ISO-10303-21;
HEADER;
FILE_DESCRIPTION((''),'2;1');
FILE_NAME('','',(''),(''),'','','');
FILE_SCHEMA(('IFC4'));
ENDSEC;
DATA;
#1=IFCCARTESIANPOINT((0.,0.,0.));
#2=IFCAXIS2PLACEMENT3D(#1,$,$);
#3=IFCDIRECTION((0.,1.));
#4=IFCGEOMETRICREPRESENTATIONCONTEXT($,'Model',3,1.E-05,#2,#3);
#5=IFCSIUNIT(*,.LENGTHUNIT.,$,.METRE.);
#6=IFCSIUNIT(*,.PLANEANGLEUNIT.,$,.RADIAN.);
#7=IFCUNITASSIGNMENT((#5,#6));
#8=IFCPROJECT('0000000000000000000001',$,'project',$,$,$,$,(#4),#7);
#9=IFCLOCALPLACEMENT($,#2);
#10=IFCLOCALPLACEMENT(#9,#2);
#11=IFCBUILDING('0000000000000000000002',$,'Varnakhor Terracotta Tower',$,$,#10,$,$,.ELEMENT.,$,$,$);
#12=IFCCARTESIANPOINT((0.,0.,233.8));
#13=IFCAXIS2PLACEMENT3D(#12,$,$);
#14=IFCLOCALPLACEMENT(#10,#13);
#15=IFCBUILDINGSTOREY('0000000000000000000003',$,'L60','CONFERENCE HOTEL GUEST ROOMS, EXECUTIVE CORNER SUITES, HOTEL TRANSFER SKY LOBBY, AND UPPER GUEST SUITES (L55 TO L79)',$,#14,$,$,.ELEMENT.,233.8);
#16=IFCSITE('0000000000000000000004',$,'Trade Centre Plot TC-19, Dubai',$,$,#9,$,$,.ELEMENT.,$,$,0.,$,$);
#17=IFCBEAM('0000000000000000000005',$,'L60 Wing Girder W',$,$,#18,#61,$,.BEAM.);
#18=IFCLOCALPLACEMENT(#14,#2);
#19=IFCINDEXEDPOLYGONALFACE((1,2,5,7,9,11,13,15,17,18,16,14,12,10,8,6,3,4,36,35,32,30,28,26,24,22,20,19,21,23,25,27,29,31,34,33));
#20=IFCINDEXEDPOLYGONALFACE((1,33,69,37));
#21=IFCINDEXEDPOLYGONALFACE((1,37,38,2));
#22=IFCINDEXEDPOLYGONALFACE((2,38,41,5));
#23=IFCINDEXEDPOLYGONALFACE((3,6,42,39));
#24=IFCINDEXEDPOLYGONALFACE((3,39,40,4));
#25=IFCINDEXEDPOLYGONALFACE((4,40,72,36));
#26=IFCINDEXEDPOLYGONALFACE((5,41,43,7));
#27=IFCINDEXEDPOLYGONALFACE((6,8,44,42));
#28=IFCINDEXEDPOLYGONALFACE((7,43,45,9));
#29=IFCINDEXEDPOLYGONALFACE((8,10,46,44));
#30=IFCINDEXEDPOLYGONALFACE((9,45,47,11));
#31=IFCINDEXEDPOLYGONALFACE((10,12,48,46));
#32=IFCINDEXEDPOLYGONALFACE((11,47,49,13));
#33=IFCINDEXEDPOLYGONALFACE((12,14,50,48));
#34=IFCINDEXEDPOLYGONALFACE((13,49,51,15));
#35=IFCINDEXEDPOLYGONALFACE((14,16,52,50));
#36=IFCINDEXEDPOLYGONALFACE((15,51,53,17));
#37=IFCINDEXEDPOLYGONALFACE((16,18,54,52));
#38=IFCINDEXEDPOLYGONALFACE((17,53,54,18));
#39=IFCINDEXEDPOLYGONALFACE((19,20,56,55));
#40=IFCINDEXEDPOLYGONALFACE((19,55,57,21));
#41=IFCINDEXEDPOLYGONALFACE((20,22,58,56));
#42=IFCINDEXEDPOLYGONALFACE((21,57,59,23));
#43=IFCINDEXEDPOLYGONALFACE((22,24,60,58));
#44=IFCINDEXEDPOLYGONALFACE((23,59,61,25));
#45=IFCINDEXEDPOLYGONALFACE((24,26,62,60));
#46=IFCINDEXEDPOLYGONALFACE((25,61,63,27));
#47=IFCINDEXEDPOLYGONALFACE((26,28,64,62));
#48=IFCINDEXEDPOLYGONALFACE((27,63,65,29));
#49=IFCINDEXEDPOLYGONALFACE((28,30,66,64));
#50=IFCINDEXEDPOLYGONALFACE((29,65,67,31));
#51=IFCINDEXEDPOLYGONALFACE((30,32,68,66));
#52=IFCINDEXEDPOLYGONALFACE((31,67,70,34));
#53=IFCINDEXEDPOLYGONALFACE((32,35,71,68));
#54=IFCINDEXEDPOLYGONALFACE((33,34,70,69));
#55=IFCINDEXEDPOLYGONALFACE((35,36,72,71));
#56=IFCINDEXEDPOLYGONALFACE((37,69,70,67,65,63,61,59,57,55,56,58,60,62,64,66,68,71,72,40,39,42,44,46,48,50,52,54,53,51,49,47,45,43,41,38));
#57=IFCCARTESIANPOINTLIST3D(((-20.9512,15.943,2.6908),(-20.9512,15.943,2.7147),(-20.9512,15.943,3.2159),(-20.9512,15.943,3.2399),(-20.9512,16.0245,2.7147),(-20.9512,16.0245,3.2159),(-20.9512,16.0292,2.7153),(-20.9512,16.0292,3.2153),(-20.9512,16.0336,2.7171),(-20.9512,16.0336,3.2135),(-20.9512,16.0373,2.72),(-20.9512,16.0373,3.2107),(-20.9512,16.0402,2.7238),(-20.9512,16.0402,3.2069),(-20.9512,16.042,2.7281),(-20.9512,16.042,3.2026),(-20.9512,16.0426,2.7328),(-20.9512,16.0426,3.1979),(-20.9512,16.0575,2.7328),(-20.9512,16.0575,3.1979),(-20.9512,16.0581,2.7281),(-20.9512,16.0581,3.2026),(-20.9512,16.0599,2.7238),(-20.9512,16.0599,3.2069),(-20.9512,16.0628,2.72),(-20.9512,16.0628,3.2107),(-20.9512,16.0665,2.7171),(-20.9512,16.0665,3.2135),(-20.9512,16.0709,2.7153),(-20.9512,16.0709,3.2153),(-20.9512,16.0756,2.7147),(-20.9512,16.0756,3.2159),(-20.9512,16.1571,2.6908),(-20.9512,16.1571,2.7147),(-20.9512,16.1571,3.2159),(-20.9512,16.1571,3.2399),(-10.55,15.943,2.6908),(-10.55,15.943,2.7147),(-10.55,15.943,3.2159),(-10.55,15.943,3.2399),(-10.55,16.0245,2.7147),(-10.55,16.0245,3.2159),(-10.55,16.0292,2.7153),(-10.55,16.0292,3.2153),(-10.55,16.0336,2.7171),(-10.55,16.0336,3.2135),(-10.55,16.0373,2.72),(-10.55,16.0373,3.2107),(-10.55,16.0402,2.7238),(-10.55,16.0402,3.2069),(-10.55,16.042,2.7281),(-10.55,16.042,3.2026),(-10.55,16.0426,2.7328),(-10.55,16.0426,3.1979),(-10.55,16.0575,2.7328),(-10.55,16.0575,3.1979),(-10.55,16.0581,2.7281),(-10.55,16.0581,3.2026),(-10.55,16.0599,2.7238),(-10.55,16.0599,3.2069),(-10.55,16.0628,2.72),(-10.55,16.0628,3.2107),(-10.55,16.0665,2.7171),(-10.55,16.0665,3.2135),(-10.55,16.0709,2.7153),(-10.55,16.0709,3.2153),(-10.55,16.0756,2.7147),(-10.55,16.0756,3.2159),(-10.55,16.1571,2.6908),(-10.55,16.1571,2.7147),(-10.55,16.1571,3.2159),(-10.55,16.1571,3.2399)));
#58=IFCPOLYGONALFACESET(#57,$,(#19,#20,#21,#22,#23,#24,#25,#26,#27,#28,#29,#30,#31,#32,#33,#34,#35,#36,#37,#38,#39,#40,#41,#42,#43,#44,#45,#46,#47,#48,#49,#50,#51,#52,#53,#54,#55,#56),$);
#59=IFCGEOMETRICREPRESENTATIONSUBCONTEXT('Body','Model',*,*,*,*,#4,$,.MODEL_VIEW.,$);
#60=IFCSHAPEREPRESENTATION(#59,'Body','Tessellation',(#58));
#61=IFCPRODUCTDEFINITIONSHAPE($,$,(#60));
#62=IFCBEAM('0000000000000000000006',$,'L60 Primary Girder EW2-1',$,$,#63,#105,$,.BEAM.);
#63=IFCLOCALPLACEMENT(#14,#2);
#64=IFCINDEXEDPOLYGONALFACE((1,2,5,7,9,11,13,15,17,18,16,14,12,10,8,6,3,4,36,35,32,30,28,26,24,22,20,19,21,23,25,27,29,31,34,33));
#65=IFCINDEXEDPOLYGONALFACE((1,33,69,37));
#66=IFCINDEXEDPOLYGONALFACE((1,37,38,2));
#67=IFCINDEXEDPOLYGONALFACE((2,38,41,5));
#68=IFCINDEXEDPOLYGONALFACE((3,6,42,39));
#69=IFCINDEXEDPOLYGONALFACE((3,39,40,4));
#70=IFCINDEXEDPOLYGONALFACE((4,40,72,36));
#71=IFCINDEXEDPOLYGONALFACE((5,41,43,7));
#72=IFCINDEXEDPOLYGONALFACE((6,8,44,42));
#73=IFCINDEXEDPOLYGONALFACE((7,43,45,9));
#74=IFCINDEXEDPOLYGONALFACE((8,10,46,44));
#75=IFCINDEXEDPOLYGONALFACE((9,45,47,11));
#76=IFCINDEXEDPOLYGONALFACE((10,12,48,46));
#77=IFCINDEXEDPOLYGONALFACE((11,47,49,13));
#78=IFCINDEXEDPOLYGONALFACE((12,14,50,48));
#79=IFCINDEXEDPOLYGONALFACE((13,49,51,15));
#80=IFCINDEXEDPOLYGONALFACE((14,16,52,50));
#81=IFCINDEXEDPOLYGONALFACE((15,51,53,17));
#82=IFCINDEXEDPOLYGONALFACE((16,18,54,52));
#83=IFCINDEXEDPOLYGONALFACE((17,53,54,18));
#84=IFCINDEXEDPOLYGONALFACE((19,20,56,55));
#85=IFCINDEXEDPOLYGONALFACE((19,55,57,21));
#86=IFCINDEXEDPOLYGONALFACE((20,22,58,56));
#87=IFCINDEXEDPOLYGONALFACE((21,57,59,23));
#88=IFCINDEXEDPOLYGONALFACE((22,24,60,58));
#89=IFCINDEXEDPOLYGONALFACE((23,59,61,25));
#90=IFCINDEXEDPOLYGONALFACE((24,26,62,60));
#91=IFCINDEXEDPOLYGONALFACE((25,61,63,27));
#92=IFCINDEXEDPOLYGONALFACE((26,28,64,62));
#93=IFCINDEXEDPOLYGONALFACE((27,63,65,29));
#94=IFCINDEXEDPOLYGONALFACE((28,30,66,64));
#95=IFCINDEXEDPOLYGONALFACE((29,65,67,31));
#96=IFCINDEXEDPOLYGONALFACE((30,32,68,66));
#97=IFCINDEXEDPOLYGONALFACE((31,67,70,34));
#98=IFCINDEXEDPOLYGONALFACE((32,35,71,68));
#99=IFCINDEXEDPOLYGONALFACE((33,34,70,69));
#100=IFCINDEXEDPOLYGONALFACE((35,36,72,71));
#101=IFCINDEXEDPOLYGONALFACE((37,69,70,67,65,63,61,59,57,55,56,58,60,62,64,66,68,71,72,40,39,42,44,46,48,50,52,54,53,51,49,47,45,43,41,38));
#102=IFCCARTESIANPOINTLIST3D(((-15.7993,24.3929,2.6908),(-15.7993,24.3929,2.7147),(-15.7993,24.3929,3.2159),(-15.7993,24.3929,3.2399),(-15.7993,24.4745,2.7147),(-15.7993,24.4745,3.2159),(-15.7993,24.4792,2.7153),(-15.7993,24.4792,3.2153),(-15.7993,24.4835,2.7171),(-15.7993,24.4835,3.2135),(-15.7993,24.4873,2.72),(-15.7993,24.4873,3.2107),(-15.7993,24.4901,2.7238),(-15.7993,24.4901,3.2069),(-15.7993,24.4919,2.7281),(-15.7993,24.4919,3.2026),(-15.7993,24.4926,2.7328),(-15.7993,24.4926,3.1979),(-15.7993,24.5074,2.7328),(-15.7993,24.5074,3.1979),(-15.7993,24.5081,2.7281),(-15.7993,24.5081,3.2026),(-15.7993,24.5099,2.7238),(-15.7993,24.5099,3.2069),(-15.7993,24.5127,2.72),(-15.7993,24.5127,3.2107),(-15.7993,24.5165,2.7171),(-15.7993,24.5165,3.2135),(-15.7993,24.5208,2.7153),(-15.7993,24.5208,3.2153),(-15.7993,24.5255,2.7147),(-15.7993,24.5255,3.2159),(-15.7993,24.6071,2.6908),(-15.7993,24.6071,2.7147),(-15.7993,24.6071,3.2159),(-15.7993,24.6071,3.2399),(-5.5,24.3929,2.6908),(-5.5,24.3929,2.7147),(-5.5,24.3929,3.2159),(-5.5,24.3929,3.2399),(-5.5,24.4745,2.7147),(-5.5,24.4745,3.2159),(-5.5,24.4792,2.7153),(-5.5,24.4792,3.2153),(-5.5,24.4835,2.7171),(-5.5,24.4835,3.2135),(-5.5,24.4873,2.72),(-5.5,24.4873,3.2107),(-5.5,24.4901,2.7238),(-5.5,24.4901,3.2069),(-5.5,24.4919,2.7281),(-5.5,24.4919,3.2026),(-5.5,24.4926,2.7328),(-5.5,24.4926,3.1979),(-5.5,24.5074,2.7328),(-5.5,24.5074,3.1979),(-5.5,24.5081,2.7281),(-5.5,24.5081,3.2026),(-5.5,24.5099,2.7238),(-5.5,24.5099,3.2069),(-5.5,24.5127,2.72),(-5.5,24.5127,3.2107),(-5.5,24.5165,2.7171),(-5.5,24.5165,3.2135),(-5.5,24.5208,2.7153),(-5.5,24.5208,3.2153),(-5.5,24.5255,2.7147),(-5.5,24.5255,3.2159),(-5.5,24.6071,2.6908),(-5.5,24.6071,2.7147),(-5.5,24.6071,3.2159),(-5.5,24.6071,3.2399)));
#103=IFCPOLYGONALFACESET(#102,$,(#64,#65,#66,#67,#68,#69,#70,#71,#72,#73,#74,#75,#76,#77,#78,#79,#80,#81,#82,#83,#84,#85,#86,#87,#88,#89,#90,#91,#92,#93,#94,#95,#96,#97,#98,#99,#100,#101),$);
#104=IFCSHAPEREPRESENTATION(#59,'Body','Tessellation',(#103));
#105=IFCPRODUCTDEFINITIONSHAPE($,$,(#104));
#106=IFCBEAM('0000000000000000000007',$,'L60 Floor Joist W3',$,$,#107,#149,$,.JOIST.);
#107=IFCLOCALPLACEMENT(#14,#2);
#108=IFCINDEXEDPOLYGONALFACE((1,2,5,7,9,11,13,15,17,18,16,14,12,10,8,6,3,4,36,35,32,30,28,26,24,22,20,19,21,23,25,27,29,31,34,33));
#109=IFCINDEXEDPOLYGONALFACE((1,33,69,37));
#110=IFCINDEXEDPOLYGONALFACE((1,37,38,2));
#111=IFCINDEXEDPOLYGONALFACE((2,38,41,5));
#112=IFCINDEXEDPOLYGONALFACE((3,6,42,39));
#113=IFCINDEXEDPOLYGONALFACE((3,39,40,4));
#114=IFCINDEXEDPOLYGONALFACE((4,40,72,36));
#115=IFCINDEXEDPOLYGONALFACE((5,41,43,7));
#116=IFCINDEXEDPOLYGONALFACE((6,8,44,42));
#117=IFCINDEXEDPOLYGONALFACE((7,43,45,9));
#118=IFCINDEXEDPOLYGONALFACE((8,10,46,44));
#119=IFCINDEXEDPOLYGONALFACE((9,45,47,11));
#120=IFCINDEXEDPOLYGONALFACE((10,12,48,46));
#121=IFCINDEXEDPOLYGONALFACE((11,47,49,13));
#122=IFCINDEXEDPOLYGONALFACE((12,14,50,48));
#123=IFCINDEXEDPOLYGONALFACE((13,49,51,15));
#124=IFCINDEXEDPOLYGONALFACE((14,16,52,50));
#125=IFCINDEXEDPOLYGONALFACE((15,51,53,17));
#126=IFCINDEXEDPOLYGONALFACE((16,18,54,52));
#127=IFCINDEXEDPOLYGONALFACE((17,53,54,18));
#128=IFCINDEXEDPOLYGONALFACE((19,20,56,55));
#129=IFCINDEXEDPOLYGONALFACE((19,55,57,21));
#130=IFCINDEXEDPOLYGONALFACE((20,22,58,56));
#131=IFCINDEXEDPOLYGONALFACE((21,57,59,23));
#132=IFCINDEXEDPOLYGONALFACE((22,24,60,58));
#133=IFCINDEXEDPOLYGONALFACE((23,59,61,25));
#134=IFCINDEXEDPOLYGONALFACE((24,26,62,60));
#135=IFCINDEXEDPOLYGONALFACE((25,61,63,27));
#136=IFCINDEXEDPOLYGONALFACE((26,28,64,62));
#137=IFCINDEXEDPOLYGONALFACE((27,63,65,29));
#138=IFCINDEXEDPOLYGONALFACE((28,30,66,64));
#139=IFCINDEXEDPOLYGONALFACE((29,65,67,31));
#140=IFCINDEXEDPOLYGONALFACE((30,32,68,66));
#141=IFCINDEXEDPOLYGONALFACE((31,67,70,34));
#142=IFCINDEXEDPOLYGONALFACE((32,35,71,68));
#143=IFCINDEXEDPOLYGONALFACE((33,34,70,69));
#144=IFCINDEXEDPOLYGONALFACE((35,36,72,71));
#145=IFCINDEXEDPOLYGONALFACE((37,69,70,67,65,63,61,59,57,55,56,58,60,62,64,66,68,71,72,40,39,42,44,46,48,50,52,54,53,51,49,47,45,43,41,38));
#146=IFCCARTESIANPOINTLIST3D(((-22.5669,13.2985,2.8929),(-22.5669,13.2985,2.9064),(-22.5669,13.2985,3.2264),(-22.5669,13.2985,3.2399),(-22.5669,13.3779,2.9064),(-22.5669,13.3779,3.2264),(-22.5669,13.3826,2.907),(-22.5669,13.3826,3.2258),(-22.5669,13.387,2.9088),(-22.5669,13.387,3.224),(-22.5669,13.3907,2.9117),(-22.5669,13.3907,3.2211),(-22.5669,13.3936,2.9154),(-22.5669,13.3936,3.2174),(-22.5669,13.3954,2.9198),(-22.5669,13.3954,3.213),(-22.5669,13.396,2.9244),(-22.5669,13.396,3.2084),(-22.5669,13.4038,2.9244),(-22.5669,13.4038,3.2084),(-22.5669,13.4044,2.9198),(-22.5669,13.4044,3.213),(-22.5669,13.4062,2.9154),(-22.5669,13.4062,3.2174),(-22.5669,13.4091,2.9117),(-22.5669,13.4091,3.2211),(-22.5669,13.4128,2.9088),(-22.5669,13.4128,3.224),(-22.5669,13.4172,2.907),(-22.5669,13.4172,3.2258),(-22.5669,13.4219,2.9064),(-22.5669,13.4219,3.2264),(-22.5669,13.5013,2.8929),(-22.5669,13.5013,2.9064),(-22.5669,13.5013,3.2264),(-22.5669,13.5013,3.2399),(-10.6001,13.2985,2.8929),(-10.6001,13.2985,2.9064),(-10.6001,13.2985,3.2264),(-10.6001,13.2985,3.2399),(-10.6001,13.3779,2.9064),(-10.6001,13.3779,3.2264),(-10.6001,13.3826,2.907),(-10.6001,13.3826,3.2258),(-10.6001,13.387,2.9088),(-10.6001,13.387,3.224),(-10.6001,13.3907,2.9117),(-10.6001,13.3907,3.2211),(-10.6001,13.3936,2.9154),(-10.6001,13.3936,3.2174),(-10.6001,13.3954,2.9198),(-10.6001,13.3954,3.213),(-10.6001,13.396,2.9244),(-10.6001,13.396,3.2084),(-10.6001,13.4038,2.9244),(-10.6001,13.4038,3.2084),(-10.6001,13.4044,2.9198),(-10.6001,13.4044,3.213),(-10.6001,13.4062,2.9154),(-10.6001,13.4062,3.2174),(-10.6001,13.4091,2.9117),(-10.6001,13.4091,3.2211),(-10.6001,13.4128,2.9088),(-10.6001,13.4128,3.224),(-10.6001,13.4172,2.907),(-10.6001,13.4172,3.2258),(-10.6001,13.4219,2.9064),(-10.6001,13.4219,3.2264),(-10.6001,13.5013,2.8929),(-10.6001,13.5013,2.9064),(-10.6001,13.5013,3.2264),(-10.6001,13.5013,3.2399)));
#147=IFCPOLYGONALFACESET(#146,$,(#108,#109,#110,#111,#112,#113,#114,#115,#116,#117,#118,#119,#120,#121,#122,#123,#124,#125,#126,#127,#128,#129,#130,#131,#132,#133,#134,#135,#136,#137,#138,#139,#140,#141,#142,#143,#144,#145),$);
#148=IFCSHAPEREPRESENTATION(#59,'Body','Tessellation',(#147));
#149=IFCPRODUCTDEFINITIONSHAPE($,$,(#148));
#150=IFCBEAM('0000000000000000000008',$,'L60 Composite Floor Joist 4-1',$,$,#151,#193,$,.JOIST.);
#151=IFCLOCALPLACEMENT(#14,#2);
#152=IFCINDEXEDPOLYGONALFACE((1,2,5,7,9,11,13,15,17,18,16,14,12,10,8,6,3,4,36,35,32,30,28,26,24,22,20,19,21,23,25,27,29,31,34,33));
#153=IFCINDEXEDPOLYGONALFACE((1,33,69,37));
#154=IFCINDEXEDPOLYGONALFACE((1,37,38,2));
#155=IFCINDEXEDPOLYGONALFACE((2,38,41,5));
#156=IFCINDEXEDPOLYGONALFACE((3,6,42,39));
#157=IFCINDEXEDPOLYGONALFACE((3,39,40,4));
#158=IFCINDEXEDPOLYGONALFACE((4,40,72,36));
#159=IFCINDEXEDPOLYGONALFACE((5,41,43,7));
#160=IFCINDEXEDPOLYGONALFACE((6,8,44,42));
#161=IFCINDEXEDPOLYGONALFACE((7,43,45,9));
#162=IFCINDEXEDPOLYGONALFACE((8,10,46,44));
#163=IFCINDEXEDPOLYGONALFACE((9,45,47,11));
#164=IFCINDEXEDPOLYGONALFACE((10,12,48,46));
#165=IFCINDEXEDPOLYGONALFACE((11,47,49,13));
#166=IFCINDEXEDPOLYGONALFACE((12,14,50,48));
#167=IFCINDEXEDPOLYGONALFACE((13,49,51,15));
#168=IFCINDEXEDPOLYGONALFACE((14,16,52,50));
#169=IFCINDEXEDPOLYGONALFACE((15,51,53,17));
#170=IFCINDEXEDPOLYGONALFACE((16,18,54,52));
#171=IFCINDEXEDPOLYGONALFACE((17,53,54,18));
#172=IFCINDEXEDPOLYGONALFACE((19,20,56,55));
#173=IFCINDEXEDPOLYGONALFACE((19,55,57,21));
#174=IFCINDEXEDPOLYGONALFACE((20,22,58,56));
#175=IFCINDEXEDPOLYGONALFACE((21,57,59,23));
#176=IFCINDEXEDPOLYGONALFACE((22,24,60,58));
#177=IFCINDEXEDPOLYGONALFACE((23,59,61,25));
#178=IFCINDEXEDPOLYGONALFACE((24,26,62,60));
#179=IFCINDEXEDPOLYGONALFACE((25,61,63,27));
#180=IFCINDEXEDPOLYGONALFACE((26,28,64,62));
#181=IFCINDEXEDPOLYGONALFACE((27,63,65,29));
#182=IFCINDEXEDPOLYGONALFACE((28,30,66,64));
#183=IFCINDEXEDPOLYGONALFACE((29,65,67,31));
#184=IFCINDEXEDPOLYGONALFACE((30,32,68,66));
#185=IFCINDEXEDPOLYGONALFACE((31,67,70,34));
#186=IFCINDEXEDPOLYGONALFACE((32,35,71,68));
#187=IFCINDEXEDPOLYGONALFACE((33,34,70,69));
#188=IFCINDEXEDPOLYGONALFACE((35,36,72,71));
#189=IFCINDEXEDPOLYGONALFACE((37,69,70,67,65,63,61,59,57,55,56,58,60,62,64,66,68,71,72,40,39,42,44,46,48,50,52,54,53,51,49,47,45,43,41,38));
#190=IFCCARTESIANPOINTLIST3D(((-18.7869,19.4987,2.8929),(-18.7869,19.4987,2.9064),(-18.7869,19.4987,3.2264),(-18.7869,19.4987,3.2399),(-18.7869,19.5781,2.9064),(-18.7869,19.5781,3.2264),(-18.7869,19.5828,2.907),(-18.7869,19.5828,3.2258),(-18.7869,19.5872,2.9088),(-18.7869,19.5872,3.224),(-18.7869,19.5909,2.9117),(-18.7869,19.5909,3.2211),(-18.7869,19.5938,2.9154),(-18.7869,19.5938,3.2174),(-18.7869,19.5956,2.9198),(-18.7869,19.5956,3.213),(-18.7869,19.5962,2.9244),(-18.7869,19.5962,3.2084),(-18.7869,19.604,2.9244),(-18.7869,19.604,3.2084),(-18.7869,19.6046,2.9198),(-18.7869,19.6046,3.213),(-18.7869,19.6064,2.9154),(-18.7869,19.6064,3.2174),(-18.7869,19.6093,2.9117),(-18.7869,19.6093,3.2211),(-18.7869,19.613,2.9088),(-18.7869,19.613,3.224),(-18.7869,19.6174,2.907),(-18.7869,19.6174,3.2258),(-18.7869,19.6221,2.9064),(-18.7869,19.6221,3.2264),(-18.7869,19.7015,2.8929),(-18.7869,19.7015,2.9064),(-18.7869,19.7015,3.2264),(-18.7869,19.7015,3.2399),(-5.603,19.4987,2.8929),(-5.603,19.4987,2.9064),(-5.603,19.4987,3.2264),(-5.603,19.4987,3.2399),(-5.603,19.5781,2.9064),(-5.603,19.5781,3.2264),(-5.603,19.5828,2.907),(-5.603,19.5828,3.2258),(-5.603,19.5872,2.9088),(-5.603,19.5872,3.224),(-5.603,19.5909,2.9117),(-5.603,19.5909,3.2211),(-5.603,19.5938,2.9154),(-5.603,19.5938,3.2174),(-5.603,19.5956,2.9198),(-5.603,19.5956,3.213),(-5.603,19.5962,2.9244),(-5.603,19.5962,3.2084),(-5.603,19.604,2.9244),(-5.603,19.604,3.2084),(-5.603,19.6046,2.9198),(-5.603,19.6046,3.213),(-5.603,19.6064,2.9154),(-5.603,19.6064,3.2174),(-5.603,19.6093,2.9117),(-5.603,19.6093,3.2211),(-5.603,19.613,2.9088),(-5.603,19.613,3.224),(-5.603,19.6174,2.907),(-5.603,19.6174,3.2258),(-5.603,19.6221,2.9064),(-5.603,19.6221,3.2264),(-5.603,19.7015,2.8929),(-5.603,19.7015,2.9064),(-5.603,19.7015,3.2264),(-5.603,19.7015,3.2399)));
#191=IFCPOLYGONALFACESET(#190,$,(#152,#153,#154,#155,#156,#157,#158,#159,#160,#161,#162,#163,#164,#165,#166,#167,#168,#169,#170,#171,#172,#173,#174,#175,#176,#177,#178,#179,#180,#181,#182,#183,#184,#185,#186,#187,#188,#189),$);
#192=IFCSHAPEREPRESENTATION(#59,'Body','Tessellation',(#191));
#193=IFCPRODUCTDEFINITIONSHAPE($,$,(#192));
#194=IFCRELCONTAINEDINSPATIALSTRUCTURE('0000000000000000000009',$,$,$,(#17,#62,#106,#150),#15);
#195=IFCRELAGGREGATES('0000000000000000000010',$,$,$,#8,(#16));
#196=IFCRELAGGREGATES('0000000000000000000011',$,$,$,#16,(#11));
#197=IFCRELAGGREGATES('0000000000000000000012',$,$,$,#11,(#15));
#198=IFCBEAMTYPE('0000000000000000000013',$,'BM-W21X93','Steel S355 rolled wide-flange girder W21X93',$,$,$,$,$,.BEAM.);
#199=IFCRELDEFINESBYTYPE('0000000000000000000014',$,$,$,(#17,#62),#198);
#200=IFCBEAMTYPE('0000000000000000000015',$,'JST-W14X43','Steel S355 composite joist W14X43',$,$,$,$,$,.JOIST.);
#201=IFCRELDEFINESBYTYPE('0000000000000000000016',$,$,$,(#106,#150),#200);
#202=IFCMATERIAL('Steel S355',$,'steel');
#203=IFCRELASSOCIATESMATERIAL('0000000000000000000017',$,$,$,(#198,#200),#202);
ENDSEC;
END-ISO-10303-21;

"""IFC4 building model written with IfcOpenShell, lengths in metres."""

from ifc_helpers import new_model, si_unit, direction, frame, origin, origin_2d, place, context, subcontext, project, spatial, i_section, extrude, source, transform, mapped, material, material_profile, profile_set, type_object, element, save


model = new_model("IFC4")

# Units and contexts
model_context = context("Model", 3, precision=1e-05, world=origin(), true_north=direction((0.0, 1.0)))
body_context = subcontext(model_context, "Body", "Model", "MODEL_VIEW")
ifc_project = project(units=[si_unit("LENGTHUNIT", "METRE"), si_unit("PLANEANGLEUNIT", "RADIAN")], contexts=[model_context])

# Site, building, storey
site_placement = place(None, origin())
site = spatial("IfcSite", under=ifc_project, at=site_placement, Name="Trade Centre Plot TC-19, Dubai", CompositionType="ELEMENT", RefElevation=0.0)
building_placement = place(site_placement, origin())
building = spatial("IfcBuilding", under=site, at=building_placement, Name="Varnakhor Terracotta Tower", CompositionType="ELEMENT")
storey_placement = place(building_placement, frame((0.0, 0.0, 233.8)))
storey = spatial("IfcBuildingStorey", under=building, at=storey_placement, Name="L60", Description="CONFERENCE HOTEL GUEST ROOMS, EXECUTIVE CORNER SUITES, HOTEL TRANSFER SKY LOBBY, AND UPPER GUEST SUITES (L55 TO L79)", CompositionType="ELEMENT", Elevation=233.8)

# Beams
ifc_material_1 = material(Name="Steel S355", Category="steel")
ifc_material_profile_1 = material_profile(ifc_material_1, i_section(OverallWidth=0.2141, OverallDepth=0.5491, WebThickness=0.0149, FlangeThickness=0.0239, FilletRadius=0.0181, at=origin_2d()), Name="W21X93")
ifc_profile_set_1 = profile_set([ifc_material_profile_1], Name="Steel S355")
beam_type_1 = type_object("IfcBeamType", Name="BM-W21X93", Description="Steel S355 rolled wide-flange girder W21X93", PredefinedType="BEAM", material=ifc_profile_set_1)
shared_shape_1 = source(origin(), body_context, "Body", "SweptSolid", [
    extrude(i_section(OverallWidth=0.2141, OverallDepth=0.5491, WebThickness=0.0149, FlangeThickness=0.0239, FilletRadius=0.0181, at=origin_2d()), origin(), (0.0, 0.0, 1.0), 10.4011),
])
beam_1_placement = place(storey_placement, frame((-20.9512, 16.05, 2.9653), z_axis=(1.0, 0.0, 0.0), x_axis=(0.0, 1.0, 0.0)))
element("IfcBeam", 1, at=beam_1_placement, inside=storey, type_object=beam_type_1, Name="L60 Wing Girder W", PredefinedType="BEAM", context=body_context, shape_type="MappedRepresentation", body=[
    mapped(shared_shape_1, transform((0.0, 0.0, 0.0), scale=1.0)),
])
shared_shape_2 = source(origin(), body_context, "Body", "SweptSolid", [
    extrude(i_section(OverallWidth=0.2141, OverallDepth=0.5491, WebThickness=0.0149, FlangeThickness=0.0239, FilletRadius=0.0181, at=origin_2d()), origin(), (0.0, 0.0, 1.0), 10.2993),
])
beam_2_placement = place(storey_placement, frame((-15.7993, 24.5, 2.9653), z_axis=(1.0, 0.0, 0.0), x_axis=(0.0, 1.0, 0.0)))
element("IfcBeam", 2, at=beam_2_placement, inside=storey, type_object=beam_type_1, Name="L60 Primary Girder EW2-1", PredefinedType="BEAM", context=body_context, shape_type="MappedRepresentation", body=[
    mapped(shared_shape_2, transform((0.0, 0.0, 0.0), scale=1.0)),
])
ifc_material_profile_2 = material_profile(ifc_material_1, i_section(OverallWidth=0.2029, OverallDepth=0.3469, WebThickness=0.0078, FlangeThickness=0.0134, FilletRadius=0.0181, at=origin_2d()), Name="W14X43")
ifc_profile_set_2 = profile_set([ifc_material_profile_2], Name="Steel S355")
beam_type_2 = type_object("IfcBeamType", Name="JST-W14X43", Description="Steel S355 composite joist W14X43", PredefinedType="JOIST", material=ifc_profile_set_2)
shared_shape_3 = source(origin(), body_context, "Body", "SweptSolid", [
    extrude(i_section(OverallWidth=0.2029, OverallDepth=0.3469, WebThickness=0.0078, FlangeThickness=0.0134, FilletRadius=0.0181, at=origin_2d()), origin(), (0.0, 0.0, 1.0), 11.9668),
])
beam_3_placement = place(storey_placement, frame((-22.5669, 13.3999, 3.0664), z_axis=(1.0, 0.0, 0.0), x_axis=(0.0, 1.0, 0.0)))
element("IfcBeam", 3, at=beam_3_placement, inside=storey, type_object=beam_type_2, Name="L60 Floor Joist W3", PredefinedType="JOIST", context=body_context, shape_type="MappedRepresentation", body=[
    mapped(shared_shape_3, transform((0.0, 0.0, 0.0), scale=1.0)),
])
shared_shape_4 = source(origin(), body_context, "Body", "SweptSolid", [
    extrude(i_section(OverallWidth=0.2029, OverallDepth=0.3469, WebThickness=0.0078, FlangeThickness=0.0134, FilletRadius=0.0181, at=origin_2d()), origin(), (0.0, 0.0, 1.0), 13.1838),
])
beam_4_placement = place(storey_placement, frame((-18.7869, 19.6001, 3.0664), z_axis=(1.0, 0.0, 0.0), x_axis=(0.0, 1.0, 0.0)))
element("IfcBeam", 4, at=beam_4_placement, inside=storey, type_object=beam_type_2, Name="L60 Composite Floor Joist 4-1", PredefinedType="JOIST", context=body_context, shape_type="MappedRepresentation", body=[
    mapped(shared_shape_4, transform((0.0, 0.0, 0.0), scale=1.0)),
])

save(model, "model.ifc")
